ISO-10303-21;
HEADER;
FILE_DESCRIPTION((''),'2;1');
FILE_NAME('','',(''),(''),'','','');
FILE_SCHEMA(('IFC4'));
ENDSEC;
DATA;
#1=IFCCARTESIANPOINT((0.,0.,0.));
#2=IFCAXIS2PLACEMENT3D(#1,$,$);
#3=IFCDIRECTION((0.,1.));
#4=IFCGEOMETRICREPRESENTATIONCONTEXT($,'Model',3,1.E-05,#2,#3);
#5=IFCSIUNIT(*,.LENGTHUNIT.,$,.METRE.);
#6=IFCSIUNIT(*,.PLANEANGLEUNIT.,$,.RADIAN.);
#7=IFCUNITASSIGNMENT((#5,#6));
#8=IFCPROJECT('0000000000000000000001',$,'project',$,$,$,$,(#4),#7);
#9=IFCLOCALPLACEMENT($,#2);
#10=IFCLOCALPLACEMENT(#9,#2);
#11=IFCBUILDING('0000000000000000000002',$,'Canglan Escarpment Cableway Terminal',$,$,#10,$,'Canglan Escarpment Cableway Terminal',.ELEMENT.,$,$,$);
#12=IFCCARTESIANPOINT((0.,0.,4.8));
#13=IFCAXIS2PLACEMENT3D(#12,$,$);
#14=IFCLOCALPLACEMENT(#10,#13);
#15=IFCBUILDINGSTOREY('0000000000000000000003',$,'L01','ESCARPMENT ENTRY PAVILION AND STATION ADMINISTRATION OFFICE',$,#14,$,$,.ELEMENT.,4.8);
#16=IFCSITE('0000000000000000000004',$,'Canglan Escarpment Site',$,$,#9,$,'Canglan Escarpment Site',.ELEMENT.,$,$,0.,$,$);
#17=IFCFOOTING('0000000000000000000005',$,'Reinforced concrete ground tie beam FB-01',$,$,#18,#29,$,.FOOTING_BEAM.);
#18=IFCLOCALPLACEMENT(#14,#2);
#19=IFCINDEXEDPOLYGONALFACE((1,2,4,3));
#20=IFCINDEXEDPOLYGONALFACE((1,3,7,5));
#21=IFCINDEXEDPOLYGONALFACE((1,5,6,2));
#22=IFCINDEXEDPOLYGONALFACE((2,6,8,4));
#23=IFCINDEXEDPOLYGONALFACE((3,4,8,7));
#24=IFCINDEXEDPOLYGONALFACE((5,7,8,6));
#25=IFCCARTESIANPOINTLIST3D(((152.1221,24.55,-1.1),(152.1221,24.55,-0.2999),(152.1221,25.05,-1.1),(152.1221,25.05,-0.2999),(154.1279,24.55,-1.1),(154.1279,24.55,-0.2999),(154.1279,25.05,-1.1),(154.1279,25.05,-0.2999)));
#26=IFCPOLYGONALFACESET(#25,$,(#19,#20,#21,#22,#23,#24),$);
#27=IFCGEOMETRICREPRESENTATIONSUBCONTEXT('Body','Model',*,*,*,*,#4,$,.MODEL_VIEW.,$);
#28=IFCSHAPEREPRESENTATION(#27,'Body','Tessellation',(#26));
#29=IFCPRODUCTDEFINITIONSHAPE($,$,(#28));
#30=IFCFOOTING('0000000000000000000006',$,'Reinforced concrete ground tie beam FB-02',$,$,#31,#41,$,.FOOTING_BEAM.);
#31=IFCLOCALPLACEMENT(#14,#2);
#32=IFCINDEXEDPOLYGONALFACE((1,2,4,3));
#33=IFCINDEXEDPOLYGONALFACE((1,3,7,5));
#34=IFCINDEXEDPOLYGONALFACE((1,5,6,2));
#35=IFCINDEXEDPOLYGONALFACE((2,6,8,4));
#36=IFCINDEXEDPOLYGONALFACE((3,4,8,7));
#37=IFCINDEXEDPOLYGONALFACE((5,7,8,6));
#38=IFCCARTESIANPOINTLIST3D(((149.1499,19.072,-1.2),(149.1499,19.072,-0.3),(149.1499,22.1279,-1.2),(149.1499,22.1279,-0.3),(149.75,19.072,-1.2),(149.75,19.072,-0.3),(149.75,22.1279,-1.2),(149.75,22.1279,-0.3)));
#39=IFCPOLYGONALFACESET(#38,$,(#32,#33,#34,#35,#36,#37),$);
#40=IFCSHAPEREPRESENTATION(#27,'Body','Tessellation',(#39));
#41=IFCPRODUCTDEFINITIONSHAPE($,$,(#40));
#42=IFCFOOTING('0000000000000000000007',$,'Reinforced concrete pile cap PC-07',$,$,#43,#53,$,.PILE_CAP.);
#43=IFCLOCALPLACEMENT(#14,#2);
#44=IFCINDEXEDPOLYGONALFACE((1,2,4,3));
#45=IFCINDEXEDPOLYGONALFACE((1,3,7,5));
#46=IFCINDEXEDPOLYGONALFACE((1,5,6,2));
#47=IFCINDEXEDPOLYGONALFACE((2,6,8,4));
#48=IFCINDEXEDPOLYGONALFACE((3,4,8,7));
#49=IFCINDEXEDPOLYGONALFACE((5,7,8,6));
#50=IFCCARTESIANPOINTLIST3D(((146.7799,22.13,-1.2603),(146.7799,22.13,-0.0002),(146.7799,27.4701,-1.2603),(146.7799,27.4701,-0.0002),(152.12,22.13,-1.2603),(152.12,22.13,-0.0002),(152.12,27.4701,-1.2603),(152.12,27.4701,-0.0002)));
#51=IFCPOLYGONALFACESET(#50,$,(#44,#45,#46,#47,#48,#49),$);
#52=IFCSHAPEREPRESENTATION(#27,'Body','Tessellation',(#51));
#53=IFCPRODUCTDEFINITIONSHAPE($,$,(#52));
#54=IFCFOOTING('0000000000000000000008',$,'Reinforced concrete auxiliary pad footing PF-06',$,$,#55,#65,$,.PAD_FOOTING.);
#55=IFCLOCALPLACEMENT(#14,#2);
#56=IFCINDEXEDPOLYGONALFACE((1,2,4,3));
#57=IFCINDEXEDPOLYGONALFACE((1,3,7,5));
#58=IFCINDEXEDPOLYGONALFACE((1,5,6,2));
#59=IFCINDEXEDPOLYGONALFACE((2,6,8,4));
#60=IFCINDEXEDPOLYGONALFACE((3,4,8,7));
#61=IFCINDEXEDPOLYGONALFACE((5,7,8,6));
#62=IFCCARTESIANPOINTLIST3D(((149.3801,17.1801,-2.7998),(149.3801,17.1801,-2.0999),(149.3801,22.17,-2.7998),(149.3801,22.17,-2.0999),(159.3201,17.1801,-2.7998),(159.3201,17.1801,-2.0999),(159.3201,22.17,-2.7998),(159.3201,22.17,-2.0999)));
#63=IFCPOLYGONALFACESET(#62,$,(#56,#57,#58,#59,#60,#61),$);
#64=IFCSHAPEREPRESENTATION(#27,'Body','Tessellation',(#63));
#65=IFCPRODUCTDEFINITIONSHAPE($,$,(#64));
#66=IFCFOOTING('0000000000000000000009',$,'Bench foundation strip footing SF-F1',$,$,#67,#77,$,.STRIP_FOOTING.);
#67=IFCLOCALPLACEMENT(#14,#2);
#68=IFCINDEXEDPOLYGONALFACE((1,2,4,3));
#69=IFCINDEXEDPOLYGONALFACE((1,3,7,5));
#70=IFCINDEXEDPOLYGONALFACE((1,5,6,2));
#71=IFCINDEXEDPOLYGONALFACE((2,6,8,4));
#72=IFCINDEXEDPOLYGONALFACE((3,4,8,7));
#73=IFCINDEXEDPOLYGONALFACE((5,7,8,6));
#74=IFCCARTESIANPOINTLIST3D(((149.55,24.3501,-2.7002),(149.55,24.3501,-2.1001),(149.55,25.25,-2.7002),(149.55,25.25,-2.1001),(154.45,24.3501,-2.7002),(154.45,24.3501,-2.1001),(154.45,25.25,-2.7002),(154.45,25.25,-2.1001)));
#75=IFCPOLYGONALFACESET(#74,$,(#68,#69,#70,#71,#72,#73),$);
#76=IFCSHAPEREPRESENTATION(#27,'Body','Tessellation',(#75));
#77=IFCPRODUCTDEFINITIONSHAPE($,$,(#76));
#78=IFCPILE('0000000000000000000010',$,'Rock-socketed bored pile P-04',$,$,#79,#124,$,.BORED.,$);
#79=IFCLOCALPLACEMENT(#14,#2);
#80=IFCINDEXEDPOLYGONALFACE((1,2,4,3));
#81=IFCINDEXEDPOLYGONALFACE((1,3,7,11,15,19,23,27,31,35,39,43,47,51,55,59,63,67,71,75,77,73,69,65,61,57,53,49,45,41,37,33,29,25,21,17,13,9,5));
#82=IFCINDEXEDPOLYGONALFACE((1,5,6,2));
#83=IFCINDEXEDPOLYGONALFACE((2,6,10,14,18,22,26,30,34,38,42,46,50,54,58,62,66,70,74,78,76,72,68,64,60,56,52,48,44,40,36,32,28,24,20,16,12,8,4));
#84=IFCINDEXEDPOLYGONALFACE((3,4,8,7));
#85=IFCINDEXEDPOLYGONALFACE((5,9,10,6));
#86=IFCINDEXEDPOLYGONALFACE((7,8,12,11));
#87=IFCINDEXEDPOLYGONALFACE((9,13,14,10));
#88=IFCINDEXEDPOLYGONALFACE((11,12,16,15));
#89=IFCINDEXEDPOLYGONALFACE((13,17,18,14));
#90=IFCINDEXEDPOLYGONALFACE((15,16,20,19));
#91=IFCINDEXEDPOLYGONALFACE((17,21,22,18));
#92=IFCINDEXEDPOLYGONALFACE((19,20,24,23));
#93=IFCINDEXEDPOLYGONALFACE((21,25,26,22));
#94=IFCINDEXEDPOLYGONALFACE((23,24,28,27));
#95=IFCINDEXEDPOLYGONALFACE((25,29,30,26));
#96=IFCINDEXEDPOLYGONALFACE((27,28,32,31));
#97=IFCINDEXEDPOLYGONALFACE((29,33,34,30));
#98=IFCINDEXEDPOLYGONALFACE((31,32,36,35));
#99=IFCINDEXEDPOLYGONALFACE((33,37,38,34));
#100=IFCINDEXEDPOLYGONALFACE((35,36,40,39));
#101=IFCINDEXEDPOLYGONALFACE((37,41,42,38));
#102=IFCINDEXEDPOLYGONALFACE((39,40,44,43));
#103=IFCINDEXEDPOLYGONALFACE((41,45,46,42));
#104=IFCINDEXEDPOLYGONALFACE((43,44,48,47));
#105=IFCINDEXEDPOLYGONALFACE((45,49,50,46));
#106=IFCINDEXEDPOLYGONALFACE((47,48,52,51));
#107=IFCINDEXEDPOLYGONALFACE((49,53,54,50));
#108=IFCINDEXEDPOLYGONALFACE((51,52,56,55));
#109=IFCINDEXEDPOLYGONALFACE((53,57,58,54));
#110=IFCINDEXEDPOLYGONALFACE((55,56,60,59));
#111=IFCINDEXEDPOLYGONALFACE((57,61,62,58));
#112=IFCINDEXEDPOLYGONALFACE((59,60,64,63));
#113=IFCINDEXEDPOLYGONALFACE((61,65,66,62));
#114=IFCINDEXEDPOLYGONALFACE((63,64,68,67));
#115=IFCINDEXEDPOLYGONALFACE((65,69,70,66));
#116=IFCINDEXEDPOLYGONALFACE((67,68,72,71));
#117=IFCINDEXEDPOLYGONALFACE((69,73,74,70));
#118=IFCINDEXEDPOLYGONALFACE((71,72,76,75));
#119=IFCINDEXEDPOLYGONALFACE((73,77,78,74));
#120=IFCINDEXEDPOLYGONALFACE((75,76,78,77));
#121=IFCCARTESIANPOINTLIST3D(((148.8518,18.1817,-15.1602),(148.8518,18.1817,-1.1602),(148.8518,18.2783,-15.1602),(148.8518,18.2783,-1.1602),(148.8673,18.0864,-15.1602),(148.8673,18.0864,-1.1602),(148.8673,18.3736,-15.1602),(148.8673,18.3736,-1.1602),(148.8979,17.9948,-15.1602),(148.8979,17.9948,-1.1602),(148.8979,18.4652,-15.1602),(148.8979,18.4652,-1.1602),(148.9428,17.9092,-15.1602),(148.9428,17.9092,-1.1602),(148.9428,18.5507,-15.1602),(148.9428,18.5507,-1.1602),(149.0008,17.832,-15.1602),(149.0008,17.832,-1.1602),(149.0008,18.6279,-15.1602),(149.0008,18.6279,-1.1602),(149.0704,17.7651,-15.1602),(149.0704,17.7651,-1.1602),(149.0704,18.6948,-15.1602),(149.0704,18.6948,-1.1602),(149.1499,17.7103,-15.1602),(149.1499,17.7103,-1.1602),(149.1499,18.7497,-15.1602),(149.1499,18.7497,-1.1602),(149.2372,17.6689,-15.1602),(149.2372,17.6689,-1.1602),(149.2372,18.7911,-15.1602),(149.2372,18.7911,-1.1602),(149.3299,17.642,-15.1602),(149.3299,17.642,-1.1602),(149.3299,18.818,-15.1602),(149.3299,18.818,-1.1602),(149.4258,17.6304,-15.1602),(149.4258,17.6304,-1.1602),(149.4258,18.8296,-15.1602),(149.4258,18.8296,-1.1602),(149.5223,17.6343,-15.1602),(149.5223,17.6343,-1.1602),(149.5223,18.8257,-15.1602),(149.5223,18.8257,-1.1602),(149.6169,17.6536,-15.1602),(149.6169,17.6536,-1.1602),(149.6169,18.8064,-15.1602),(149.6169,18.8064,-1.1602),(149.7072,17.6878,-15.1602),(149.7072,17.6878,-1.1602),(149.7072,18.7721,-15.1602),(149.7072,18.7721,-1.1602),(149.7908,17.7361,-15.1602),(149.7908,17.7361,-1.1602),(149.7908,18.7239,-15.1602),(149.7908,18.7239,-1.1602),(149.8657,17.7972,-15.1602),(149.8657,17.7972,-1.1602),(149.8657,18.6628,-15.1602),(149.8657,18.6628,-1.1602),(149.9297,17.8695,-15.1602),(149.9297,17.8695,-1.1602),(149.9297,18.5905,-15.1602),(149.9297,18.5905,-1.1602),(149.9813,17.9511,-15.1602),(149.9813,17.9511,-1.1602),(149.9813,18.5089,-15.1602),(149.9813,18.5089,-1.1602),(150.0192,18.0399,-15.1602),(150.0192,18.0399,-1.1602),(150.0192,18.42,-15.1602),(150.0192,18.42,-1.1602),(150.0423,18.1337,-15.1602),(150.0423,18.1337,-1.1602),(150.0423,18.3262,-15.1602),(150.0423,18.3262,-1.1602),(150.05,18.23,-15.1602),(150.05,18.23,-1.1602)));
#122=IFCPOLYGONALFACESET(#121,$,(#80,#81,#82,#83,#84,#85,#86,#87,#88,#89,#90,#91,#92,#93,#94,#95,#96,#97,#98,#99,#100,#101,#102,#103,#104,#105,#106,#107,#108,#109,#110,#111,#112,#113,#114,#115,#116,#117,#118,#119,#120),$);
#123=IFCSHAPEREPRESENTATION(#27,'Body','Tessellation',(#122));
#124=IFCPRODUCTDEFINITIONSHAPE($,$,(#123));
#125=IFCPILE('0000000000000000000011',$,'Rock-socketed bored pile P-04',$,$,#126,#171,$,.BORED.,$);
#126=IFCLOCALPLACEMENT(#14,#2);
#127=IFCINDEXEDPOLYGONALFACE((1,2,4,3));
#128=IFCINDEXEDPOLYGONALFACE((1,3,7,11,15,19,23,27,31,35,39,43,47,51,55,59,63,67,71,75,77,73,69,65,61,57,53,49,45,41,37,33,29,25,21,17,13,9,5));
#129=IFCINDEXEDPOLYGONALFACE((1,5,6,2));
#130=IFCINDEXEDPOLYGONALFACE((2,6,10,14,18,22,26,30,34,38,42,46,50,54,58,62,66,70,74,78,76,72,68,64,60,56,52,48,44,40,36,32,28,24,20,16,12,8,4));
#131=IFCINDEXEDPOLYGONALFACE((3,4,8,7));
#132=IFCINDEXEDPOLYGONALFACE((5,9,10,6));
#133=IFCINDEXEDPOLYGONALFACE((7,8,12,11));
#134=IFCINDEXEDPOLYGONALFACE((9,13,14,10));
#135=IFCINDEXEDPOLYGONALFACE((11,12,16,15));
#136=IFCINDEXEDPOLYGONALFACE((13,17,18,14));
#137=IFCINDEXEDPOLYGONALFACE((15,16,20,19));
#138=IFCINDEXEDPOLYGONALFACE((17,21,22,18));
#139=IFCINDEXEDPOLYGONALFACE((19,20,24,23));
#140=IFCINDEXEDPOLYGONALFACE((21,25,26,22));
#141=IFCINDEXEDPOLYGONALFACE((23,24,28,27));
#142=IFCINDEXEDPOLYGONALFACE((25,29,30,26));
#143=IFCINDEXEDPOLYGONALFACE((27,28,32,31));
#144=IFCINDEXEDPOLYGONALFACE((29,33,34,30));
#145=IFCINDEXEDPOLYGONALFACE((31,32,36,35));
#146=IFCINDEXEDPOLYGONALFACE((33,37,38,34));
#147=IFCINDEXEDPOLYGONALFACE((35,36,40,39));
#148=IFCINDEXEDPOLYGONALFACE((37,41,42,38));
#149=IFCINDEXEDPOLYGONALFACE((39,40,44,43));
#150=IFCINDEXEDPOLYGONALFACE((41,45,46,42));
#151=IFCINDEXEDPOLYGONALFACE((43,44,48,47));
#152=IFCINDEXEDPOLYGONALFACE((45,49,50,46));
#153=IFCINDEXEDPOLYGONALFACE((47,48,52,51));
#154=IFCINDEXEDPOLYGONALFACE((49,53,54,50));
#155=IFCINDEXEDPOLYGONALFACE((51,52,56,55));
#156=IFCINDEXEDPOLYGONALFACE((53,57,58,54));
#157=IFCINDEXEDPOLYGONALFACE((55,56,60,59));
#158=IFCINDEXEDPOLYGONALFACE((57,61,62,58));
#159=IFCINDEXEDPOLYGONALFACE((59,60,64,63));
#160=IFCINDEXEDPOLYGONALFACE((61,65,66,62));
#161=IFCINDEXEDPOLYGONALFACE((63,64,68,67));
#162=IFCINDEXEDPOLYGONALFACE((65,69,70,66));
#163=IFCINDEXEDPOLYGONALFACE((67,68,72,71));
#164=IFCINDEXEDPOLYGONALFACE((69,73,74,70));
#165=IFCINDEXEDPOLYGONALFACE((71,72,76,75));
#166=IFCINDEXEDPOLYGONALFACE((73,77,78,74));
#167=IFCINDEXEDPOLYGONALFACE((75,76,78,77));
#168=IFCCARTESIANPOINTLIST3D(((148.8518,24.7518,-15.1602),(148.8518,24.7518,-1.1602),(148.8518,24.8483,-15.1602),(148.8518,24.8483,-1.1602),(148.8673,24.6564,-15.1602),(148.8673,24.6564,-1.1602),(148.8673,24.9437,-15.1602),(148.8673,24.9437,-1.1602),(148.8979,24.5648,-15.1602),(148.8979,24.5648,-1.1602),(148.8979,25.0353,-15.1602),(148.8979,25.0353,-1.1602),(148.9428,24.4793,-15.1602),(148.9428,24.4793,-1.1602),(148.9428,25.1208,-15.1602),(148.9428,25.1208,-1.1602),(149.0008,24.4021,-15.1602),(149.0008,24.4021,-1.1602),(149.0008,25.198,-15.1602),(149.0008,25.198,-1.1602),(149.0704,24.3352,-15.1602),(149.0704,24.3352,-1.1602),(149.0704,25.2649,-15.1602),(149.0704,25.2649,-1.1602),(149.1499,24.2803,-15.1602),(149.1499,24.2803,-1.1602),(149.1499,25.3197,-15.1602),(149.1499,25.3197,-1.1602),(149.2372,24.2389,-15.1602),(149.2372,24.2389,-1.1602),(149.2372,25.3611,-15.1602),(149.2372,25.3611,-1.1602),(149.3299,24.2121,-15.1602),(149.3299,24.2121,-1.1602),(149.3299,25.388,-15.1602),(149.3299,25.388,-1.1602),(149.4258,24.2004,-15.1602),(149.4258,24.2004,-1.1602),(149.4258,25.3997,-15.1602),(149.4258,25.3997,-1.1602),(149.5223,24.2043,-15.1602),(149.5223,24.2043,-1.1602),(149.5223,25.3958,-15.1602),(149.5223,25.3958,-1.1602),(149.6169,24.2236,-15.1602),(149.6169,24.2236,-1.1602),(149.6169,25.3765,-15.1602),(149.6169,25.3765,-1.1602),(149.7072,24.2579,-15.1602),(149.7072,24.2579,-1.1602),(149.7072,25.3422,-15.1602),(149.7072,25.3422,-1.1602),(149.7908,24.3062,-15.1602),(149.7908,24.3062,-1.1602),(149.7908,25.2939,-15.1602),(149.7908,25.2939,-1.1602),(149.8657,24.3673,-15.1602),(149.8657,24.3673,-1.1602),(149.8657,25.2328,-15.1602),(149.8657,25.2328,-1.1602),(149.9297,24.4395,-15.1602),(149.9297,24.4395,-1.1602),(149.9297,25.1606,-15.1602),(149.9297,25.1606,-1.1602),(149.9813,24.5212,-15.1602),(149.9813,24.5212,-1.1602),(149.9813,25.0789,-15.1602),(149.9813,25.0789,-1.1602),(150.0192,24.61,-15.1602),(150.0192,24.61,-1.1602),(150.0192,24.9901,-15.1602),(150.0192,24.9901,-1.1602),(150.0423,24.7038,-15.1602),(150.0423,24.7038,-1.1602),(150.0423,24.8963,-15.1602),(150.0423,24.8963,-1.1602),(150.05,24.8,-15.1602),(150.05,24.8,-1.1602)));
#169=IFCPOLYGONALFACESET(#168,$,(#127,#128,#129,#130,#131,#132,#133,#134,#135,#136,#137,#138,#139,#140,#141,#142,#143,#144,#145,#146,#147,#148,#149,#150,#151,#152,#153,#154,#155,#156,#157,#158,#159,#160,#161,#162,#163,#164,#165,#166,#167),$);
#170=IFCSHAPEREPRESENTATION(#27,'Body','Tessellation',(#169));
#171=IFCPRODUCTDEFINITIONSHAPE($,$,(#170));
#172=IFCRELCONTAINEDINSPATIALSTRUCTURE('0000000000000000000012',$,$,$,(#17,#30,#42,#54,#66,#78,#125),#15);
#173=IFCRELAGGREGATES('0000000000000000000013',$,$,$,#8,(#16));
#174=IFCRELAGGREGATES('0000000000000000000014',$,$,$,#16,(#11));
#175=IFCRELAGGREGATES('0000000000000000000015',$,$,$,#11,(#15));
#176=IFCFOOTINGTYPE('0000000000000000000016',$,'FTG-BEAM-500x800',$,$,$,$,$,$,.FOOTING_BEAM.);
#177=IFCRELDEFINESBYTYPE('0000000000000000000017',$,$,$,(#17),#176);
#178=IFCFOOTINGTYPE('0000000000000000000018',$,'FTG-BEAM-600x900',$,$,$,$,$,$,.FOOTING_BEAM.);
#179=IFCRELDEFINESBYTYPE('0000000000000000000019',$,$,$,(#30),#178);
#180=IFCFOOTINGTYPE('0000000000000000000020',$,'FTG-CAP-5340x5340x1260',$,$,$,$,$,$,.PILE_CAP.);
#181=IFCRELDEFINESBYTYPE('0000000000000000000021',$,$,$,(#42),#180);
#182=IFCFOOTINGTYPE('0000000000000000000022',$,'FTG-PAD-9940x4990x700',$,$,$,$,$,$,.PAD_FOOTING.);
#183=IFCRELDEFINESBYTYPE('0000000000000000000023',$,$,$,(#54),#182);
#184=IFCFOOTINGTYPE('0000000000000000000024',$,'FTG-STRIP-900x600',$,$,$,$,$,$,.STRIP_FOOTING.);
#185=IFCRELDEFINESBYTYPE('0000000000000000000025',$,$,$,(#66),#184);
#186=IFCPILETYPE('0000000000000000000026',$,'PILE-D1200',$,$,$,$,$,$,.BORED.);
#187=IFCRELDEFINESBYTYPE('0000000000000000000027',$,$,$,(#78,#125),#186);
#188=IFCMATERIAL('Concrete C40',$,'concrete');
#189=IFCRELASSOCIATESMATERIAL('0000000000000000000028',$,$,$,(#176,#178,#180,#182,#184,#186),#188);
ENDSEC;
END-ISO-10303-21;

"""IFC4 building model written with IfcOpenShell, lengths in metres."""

from ifc_helpers import new_model, si_unit, direction, frame, origin, origin_2d, place, context, subcontext, project, spatial, rectangle, circle, extrude, material, material_profile, profile_set, type_object, element, save


model = new_model("IFC4")

# Units and contexts
model_context = context("Model", 3, precision=1e-05, world=origin(), true_north=direction((0.0, 1.0)))
body_context = subcontext(model_context, "Body", "Model", "MODEL_VIEW")
ifc_project = project(units=[si_unit("LENGTHUNIT", "METRE"), si_unit("PLANEANGLEUNIT", "RADIAN")], contexts=[model_context])

# Site, building, storey
site_placement = place(None, origin())
site = spatial("IfcSite", under=ifc_project, at=site_placement, Name="Canglan Escarpment Site", LongName="Canglan Escarpment Site", CompositionType="ELEMENT", RefElevation=0.0)
building_placement = place(site_placement, origin())
building = spatial("IfcBuilding", under=site, at=building_placement, Name="Canglan Escarpment Cableway Terminal", LongName="Canglan Escarpment Cableway Terminal", CompositionType="ELEMENT")
storey_placement = place(building_placement, frame((0.0, 0.0, 4.8)))
storey = spatial("IfcBuildingStorey", under=building, at=storey_placement, Name="L01", Description="ESCARPMENT ENTRY PAVILION AND STATION ADMINISTRATION OFFICE", CompositionType="ELEMENT", Elevation=4.8)

# Footings
ifc_material_1 = material(Name="Concrete C40", Category="concrete")
ifc_material_profile_1 = material_profile(ifc_material_1, rectangle(XDim=0.5, YDim=0.8, at=origin_2d()), Name="FB 500x800")
ifc_profile_set_1 = profile_set([ifc_material_profile_1], Name="Concrete C40")
footing_type_1 = type_object("IfcFootingType", Name="FTG-BEAM-500x800", PredefinedType="FOOTING_BEAM", material=ifc_profile_set_1)
footing_1_placement = place(storey_placement, frame((152.1221, 24.8, -0.7), z_axis=(1.0, 0.0, 0.0), x_axis=(0.0, 1.0, 0.0)))
element("IfcFooting", 1, at=footing_1_placement, inside=storey, type_object=footing_type_1, Name="Reinforced concrete ground tie beam FB-01", PredefinedType="FOOTING_BEAM", context=body_context, shape_type="SweptSolid", body=[
    extrude(rectangle(XDim=0.5, YDim=0.8, at=origin_2d()), origin(), (0.0, 0.0, 1.0), 2.0059),
])
ifc_material_profile_2 = material_profile(ifc_material_1, rectangle(XDim=0.6001, YDim=0.8999, at=origin_2d()), Name="FB 600x900")
ifc_profile_set_2 = profile_set([ifc_material_profile_2], Name="Concrete C40")
footing_type_2 = type_object("IfcFootingType", Name="FTG-BEAM-600x900", PredefinedType="FOOTING_BEAM", material=ifc_profile_set_2)
footing_2_placement = place(storey_placement, frame((149.45, 19.072, -0.75), z_axis=(0.0, 1.0, 0.0), x_axis=(-1.0, 0.0, 0.0)))
element("IfcFooting", 2, at=footing_2_placement, inside=storey, type_object=footing_type_2, Name="Reinforced concrete ground tie beam FB-02", PredefinedType="FOOTING_BEAM", context=body_context, shape_type="SweptSolid", body=[
    extrude(rectangle(XDim=0.6001, YDim=0.8999, at=origin_2d()), origin(), (0.0, 0.0, 1.0), 3.0559),
])
footing_type_3 = type_object("IfcFootingType", Name="FTG-CAP-5340x5340x1260", PredefinedType="PILE_CAP", material=ifc_material_1)
footing_3_placement = place(storey_placement, frame((149.45, 24.8, -1.2603), z_axis=(0.0, 0.0, 1.0), x_axis=(1.0, 0.0, 0.0)))
element("IfcFooting", 3, at=footing_3_placement, inside=storey, type_object=footing_type_3, Name="Reinforced concrete pile cap PC-07", PredefinedType="PILE_CAP", context=body_context, shape_type="SweptSolid", body=[
    extrude(rectangle(XDim=5.3401, YDim=5.3401, at=origin_2d()), origin(), (0.0, 0.0, 1.0), 1.26),
])
footing_type_4 = type_object("IfcFootingType", Name="FTG-PAD-9940x4990x700", PredefinedType="PAD_FOOTING", material=ifc_material_1)
footing_4_placement = place(storey_placement, frame((154.3501, 19.675, -2.7998), z_axis=(0.0, 0.0, 1.0), x_axis=(1.0, 0.0, 0.0)))
element("IfcFooting", 4, at=footing_4_placement, inside=storey, type_object=footing_type_4, Name="Reinforced concrete auxiliary pad footing PF-06", PredefinedType="PAD_FOOTING", context=body_context, shape_type="SweptSolid", body=[
    extrude(rectangle(XDim=9.9399, YDim=4.99, at=origin_2d()), origin(), (0.0, 0.0, 1.0), 0.7),
])
ifc_material_profile_3 = material_profile(ifc_material_1, rectangle(XDim=0.8999, YDim=0.6001, at=origin_2d()), Name="SF 900x600")
ifc_profile_set_3 = profile_set([ifc_material_profile_3], Name="Concrete C40")
footing_type_5 = type_object("IfcFootingType", Name="FTG-STRIP-900x600", PredefinedType="STRIP_FOOTING", material=ifc_profile_set_3)
footing_5_placement = place(storey_placement, frame((149.55, 24.8, -2.4001), z_axis=(1.0, 0.0, 0.0), x_axis=(0.0, 1.0, 0.0)))
element("IfcFooting", 5, at=footing_5_placement, inside=storey, type_object=footing_type_5, Name="Bench foundation strip footing SF-F1", PredefinedType="STRIP_FOOTING", context=body_context, shape_type="SweptSolid", body=[
    extrude(rectangle(XDim=0.8999, YDim=0.6001, at=origin_2d()), origin(), (0.0, 0.0, 1.0), 4.8999),
])

# Piles
ifc_material_profile_4 = material_profile(ifc_material_1, circle(Radius=0.6001, at=origin_2d()), Name="BORED PILE D1200")
ifc_profile_set_4 = profile_set([ifc_material_profile_4], Name="Concrete C40")
pile_type = type_object("IfcPileType", Name="PILE-D1200", PredefinedType="BORED", material=ifc_profile_set_4)
for number, where, z_axis, x_axis, name in (
    (6, (149.45, 18.23, -1.1602), (0.0, 0.0, -1.0), (1.0, 0.0, 0.0), "Rock-socketed bored pile P-04"),
    (7, (149.45, 24.8, -1.1602), (0.0, 0.0, -1.0), (1.0, 0.0, 0.0), "Rock-socketed bored pile P-04"),
):
    element("IfcPile", number, at=place(storey_placement, frame(where, z_axis=z_axis, x_axis=x_axis)), inside=storey, type_object=pile_type, Name=name, PredefinedType="BORED", context=body_context, shape_type="SweptSolid", body=[
        extrude(circle(Radius=0.6001, at=origin_2d()), origin(), (0.0, 0.0, 1.0), 14.0),
    ])

save(model, "model.ifc")
